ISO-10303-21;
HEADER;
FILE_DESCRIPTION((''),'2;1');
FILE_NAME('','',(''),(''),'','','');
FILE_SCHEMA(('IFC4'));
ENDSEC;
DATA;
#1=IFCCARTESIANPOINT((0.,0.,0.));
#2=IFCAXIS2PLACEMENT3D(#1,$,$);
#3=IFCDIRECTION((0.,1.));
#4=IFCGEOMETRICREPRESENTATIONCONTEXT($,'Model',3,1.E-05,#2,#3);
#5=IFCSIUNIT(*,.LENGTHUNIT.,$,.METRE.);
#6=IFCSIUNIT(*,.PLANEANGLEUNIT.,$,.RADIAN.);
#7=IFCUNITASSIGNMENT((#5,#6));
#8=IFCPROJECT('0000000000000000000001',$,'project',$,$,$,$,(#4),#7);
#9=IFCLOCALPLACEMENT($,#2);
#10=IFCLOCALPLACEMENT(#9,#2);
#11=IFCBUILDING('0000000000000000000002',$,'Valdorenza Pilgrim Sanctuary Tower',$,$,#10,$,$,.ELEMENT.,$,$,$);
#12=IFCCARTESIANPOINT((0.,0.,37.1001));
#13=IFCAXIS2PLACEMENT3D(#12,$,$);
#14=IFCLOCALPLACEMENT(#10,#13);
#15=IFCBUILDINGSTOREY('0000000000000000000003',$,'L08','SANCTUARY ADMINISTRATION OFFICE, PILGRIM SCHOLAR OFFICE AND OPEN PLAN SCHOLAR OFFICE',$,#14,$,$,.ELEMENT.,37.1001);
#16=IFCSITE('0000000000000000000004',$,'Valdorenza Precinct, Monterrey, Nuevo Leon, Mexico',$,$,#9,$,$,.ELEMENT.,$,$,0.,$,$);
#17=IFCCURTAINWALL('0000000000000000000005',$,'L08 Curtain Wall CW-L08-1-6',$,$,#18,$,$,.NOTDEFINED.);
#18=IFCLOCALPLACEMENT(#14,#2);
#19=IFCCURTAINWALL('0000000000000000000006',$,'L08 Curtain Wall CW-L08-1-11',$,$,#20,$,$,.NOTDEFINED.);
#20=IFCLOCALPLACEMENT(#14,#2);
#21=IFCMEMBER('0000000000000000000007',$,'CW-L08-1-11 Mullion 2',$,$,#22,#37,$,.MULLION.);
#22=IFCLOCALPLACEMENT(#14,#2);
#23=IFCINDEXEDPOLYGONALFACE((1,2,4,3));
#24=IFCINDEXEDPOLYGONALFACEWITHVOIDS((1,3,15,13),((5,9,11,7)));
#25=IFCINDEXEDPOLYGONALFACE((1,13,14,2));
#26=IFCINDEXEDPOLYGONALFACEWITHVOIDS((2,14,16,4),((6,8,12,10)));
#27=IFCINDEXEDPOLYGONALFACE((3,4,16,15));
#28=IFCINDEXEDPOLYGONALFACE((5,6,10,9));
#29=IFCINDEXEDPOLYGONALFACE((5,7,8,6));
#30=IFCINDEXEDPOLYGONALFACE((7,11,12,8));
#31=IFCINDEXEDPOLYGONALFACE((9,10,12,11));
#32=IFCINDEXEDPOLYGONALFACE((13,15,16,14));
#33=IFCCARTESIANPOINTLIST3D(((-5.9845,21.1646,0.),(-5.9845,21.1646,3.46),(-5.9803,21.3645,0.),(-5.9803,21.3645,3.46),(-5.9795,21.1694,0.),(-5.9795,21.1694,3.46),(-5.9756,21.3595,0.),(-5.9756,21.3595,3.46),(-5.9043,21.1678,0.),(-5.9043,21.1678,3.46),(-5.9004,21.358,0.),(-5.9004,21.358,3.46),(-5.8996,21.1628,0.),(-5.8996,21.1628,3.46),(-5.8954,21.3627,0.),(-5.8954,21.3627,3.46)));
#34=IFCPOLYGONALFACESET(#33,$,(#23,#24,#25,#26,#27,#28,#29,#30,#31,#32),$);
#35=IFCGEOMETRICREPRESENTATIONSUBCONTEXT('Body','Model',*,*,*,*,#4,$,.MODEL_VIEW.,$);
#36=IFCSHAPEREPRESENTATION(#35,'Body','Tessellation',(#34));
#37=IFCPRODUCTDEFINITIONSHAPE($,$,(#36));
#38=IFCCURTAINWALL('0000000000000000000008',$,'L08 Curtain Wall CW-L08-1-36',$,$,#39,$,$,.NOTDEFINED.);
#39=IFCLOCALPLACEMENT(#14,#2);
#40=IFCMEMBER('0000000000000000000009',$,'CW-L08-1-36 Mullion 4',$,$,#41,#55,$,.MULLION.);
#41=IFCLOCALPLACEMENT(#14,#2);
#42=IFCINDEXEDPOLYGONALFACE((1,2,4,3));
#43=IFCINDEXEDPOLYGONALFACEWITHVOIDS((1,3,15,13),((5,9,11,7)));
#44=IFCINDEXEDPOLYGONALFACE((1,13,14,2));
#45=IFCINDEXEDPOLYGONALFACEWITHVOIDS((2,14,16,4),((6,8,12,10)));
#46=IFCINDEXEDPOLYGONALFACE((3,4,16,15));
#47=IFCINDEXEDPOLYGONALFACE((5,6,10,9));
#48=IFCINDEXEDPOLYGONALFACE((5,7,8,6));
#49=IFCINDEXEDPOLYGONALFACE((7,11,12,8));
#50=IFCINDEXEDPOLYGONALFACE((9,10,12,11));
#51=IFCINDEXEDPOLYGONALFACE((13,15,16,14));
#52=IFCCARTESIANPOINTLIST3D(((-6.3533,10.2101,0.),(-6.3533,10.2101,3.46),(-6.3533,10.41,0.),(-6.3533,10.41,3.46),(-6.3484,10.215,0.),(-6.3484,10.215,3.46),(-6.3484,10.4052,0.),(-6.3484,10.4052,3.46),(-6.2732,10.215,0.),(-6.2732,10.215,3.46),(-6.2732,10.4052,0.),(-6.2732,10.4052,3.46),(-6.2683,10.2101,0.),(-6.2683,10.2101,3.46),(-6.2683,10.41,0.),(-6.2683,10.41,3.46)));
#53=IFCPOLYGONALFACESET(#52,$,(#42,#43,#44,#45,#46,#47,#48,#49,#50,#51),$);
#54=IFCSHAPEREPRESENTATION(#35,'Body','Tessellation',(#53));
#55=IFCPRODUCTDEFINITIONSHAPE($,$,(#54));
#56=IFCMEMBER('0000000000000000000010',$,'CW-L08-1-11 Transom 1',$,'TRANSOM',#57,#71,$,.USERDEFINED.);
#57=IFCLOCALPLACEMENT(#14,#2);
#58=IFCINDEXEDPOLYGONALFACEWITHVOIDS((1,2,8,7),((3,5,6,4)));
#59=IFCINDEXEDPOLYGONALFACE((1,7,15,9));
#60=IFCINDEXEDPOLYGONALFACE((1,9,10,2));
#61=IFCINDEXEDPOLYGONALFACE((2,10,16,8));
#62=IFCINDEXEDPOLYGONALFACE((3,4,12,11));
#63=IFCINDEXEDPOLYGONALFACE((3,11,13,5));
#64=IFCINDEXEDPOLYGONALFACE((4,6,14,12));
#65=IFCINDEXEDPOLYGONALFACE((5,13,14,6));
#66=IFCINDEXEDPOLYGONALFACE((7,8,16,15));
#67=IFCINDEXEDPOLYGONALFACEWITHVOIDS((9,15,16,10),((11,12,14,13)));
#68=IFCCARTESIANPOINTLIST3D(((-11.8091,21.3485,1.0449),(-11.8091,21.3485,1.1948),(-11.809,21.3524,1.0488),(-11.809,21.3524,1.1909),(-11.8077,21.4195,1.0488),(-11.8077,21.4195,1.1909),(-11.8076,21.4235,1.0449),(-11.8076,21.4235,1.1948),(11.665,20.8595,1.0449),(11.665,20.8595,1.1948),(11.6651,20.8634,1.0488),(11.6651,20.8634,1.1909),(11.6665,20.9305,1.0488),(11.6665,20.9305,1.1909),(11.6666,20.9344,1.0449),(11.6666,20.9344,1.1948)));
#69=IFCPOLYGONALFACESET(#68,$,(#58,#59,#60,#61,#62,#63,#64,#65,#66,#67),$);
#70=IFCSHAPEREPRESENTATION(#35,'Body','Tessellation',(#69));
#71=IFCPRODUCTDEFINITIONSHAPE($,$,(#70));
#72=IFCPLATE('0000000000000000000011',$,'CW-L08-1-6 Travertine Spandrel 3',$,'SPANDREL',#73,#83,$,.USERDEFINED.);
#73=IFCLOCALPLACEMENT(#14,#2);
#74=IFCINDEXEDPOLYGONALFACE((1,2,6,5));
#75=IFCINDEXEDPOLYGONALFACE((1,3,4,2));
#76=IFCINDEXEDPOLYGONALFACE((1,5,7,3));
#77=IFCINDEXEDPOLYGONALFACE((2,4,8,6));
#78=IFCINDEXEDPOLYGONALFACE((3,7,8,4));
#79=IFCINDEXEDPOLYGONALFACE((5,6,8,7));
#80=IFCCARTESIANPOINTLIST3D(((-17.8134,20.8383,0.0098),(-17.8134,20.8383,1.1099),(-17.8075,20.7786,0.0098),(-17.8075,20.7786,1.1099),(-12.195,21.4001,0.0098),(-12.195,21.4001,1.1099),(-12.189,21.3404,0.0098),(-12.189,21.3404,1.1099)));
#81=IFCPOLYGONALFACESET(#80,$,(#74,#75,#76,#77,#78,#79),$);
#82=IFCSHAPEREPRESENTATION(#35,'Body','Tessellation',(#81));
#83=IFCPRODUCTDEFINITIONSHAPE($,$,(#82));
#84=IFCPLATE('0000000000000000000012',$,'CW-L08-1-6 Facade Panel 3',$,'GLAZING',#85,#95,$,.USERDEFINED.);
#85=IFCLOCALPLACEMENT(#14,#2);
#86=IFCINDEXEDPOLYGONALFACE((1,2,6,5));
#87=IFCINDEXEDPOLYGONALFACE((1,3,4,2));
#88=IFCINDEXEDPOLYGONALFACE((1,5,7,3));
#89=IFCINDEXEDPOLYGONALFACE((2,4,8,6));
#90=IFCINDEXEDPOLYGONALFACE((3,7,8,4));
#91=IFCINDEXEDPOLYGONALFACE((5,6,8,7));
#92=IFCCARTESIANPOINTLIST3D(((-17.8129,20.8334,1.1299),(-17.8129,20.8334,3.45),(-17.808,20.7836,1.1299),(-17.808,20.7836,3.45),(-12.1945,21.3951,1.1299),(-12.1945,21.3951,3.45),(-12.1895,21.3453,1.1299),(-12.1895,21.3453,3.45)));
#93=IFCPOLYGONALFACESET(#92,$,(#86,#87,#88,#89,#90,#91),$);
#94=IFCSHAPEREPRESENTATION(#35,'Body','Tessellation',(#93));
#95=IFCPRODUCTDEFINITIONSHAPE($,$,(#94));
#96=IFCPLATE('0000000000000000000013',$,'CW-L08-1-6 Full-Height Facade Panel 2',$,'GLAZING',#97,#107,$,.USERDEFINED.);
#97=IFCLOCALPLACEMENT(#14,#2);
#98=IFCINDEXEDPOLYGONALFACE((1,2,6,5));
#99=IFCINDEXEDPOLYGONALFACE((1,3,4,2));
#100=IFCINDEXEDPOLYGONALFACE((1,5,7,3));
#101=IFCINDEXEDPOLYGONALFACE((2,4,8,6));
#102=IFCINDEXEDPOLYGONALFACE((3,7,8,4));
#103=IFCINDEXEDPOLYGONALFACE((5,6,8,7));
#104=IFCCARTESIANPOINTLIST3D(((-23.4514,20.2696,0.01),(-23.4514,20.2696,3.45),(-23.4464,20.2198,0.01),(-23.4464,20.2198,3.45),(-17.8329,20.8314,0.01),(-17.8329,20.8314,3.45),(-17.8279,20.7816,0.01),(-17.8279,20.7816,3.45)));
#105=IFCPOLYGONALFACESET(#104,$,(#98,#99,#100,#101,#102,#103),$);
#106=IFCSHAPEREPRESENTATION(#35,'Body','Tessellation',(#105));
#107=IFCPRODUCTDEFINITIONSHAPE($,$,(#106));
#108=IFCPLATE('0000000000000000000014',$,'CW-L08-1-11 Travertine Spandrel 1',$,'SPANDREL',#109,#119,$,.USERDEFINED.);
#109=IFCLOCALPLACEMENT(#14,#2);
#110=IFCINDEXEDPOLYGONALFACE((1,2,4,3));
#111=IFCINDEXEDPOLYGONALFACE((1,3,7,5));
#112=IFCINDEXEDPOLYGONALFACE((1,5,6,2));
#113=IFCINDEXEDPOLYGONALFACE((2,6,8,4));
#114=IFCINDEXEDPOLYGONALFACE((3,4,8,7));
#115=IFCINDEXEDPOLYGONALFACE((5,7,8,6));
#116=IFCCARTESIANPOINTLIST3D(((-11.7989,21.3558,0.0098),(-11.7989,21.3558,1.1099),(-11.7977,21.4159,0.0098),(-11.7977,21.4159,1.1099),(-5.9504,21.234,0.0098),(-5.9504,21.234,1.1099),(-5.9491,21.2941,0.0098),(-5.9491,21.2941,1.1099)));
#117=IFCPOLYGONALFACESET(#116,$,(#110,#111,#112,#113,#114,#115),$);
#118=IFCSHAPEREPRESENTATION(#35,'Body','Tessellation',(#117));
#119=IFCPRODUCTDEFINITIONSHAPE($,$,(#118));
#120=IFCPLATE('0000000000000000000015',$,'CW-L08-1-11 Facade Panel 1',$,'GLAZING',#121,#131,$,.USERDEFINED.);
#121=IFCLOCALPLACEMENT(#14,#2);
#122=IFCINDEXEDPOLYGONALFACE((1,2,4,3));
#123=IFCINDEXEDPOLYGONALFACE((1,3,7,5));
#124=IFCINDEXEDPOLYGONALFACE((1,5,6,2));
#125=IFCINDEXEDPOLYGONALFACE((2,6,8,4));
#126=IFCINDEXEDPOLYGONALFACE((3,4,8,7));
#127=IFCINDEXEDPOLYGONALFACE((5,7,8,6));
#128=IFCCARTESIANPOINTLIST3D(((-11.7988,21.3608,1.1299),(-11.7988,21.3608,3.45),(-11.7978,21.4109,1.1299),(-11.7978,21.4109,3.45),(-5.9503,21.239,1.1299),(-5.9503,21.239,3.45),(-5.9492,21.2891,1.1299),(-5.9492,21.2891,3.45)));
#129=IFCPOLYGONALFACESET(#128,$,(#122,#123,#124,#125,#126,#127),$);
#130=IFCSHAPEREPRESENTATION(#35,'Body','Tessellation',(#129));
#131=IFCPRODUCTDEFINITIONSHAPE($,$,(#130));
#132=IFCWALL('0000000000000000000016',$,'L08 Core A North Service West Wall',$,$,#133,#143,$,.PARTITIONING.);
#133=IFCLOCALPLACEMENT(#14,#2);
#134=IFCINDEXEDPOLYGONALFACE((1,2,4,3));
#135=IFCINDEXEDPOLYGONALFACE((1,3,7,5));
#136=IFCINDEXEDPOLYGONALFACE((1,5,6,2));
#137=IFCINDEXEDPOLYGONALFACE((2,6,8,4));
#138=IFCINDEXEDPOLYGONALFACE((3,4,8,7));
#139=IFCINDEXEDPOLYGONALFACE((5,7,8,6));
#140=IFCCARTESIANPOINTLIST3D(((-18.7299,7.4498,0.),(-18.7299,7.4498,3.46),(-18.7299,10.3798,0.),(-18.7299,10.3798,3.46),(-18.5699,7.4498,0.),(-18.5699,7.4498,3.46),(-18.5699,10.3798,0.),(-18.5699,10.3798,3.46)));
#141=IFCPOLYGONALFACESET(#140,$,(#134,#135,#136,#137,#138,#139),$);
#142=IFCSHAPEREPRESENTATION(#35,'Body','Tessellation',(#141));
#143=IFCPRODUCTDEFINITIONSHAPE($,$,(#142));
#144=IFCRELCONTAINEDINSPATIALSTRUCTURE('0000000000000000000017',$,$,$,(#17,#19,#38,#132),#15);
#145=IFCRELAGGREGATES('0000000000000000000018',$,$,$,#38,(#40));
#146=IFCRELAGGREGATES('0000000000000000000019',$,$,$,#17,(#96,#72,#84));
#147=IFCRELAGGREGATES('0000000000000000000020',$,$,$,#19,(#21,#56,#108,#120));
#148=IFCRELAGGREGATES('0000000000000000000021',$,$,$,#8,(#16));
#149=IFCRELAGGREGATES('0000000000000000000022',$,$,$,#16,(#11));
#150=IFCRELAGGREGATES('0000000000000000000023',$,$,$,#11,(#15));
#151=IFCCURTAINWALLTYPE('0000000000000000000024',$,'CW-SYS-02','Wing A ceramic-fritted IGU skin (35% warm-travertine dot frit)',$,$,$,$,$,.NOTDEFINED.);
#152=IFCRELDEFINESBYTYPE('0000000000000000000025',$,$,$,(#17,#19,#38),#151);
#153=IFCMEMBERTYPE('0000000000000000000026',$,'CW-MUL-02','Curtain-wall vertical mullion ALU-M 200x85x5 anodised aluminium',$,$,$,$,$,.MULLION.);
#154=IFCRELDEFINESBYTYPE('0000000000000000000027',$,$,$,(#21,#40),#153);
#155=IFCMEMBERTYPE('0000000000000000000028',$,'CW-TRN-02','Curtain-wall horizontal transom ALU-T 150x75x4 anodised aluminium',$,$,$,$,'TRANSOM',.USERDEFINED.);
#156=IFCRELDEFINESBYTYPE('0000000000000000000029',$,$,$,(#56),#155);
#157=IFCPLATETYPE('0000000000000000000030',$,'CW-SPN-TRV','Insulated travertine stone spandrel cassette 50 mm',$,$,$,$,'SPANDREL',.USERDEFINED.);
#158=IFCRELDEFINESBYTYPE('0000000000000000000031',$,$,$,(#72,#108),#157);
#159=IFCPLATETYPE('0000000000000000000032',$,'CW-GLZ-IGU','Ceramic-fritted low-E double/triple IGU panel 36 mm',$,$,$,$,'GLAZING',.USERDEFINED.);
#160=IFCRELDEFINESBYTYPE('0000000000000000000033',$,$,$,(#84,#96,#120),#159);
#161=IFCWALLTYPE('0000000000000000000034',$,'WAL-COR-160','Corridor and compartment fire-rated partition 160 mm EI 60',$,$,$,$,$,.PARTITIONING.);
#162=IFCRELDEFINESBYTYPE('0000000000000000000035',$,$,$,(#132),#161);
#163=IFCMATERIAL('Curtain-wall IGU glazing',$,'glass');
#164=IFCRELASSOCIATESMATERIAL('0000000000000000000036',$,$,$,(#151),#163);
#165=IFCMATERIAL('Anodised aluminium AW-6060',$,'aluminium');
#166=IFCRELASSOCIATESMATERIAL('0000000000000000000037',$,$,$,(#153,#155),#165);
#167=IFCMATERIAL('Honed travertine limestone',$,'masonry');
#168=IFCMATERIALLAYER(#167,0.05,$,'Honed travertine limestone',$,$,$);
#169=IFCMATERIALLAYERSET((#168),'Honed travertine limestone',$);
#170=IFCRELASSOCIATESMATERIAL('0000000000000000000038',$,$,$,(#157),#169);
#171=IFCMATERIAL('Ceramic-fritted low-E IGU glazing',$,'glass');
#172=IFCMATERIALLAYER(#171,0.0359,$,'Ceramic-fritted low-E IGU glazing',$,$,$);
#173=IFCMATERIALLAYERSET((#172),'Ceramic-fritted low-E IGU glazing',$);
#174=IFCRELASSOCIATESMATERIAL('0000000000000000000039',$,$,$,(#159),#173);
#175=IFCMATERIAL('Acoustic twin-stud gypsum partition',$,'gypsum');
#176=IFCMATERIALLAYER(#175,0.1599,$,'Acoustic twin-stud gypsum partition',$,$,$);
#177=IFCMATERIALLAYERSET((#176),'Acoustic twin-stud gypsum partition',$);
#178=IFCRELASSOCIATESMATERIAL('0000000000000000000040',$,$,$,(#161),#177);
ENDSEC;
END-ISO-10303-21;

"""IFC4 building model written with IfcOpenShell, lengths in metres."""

from ifc_helpers import new_model, si_unit, direction, frame, frame_2d, origin, origin_2d, place, context, subcontext, project, spatial, rectangle, hollow_rectangle, extrude, source, transform, mapped, material, layer, layer_set, material_profile, profile_set, type_object, element, aggregate, save


model = new_model("IFC4")

# Units and contexts
model_context = context("Model", 3, precision=1e-05, world=origin(), true_north=direction((0.0, 1.0)))
body_context = subcontext(model_context, "Body", "Model", "MODEL_VIEW")
ifc_project = project(units=[si_unit("LENGTHUNIT", "METRE"), si_unit("PLANEANGLEUNIT", "RADIAN")], contexts=[model_context])

# Site, building, storey
site_placement = place(None, origin())
site = spatial("IfcSite", under=ifc_project, at=site_placement, Name="Valdorenza Precinct, Monterrey, Nuevo Leon, Mexico", CompositionType="ELEMENT", RefElevation=0.0)
building_placement = place(site_placement, origin())
building = spatial("IfcBuilding", under=site, at=building_placement, Name="Valdorenza Pilgrim Sanctuary Tower", CompositionType="ELEMENT")
storey_placement = place(building_placement, frame((0.0, 0.0, 37.1001)))
storey = spatial("IfcBuildingStorey", under=building, at=storey_placement, Name="L08", Description="SANCTUARY ADMINISTRATION OFFICE, PILGRIM SCHOLAR OFFICE AND OPEN PLAN SCHOLAR OFFICE", CompositionType="ELEMENT", Elevation=37.1001)

# Curtain walls, member
ifc_material_1 = material(Name="Curtain-wall IGU glazing", Category="glass")
curtain_wall_type = type_object("IfcCurtainWallType", Name="CW-SYS-02", Description="Wing A ceramic-fritted IGU skin (35% warm-travertine dot frit)", PredefinedType="NOTDEFINED", material=ifc_material_1)
curtain_wall_1_placement = place(storey_placement, origin())
curtain_wall_1 = element("IfcCurtainWall", 1, at=curtain_wall_1_placement, inside=storey, type_object=curtain_wall_type, Name="L08 Curtain Wall CW-L08-1-6", PredefinedType="NOTDEFINED")
ifc_material_2 = material(Name="Anodised aluminium AW-6060", Category="aluminium")
ifc_material_profile_1 = material_profile(ifc_material_2, hollow_rectangle(XDim=0.085, YDim=0.2, WallThickness=0.0049, at=origin_2d()), Name="ALU-M 200x85x5")
ifc_profile_set_1 = profile_set([ifc_material_profile_1], Name="Anodised aluminium AW-6060")
member_type_1 = type_object("IfcMemberType", Name="CW-MUL-02", Description="Curtain-wall vertical mullion ALU-M 200x85x5 anodised aluminium", PredefinedType="MULLION", material=ifc_profile_set_1)
shared_shape_1 = source(origin(), body_context, "Body", "SweptSolid", [
    extrude(hollow_rectangle(XDim=0.085, YDim=0.2, WallThickness=0.0049, at=origin_2d()), origin(), (0.0, 0.0, 1.0), 3.46),
])
curtain_wall_2_placement = place(storey_placement, origin())
curtain_wall_2 = element("IfcCurtainWall", 2, at=curtain_wall_2_placement, inside=storey, type_object=curtain_wall_type, Name="L08 Curtain Wall CW-L08-1-11", PredefinedType="NOTDEFINED")
member_1_placement = place(storey_placement, frame((-5.9399, 21.2637, 0.0), z_axis=(0.0, 0.0, 1.0), x_axis=(0.999783, -0.02082, 0.0)))
member_1 = element("IfcMember", 3, at=member_1_placement, type_object=member_type_1, Name="CW-L08-1-11 Mullion 2", PredefinedType="MULLION", context=body_context, shape_type="MappedRepresentation", body=[
    mapped(shared_shape_1, transform((0.0, 0.0, 0.0), x_axis=(1.0, 0.0, 0.0), y_axis=(0.0, 1.0, 0.0), z_axis=(0.0, 0.0, 1.0), scale=1.0)),
])

# Curtain wall, member
curtain_wall_3_placement = place(storey_placement, origin())
curtain_wall_3 = element("IfcCurtainWall", 4, at=curtain_wall_3_placement, inside=storey, type_object=curtain_wall_type, Name="L08 Curtain Wall CW-L08-1-36", PredefinedType="NOTDEFINED")
member_2_placement = place(storey_placement, frame((-6.3108, 10.3101, 0.0), z_axis=(0.0, 0.0, 1.0), x_axis=(-1.0, 0.0, 0.0)))
member_2 = element("IfcMember", 5, at=member_2_placement, type_object=member_type_1, Name="CW-L08-1-36 Mullion 4", PredefinedType="MULLION", context=body_context, shape_type="MappedRepresentation", body=[
    mapped(shared_shape_1, transform((0.0, 0.0, 0.0), x_axis=(1.0, 0.0, 0.0), y_axis=(0.0, 1.0, 0.0), z_axis=(0.0, 0.0, 1.0), scale=1.0)),
])
aggregate(curtain_wall_3, [member_2])

# Member
ifc_material_profile_2 = material_profile(ifc_material_2, hollow_rectangle(XDim=0.075, YDim=0.1499, WallThickness=0.0039, at=origin_2d()), Name="ALU-T 150x75x4")
ifc_profile_set_2 = profile_set([ifc_material_profile_2], Name="Anodised aluminium AW-6060")
member_type_2 = type_object("IfcMemberType", Name="CW-TRN-02", Description="Curtain-wall horizontal transom ALU-T 150x75x4 anodised aluminium", ElementType="TRANSOM", PredefinedType="USERDEFINED", material=ifc_profile_set_2)
shared_shape_2 = source(origin(), body_context, "Body", "SweptSolid", [
    extrude(hollow_rectangle(XDim=0.075, YDim=0.1499, WallThickness=0.0039, at=origin_2d()), origin(), (0.0, 0.0, 1.0), 23.4792),
])
member_3_placement = place(storey_placement, frame((-11.8083, 21.386, 1.1199), z_axis=(0.999783, -0.020828, 0.0), x_axis=(0.020828, 0.999783, 0.0)))
member_3 = element("IfcMember", 6, at=member_3_placement, type_object=member_type_2, Name="CW-L08-1-11 Transom 1", ObjectType="TRANSOM", PredefinedType="USERDEFINED", context=body_context, shape_type="MappedRepresentation", body=[
    mapped(shared_shape_2, transform((0.0, 0.0, 0.0), x_axis=(1.0, 0.0, 0.0), y_axis=(0.0, 1.0, 0.0), z_axis=(0.0, 0.0, 1.0), scale=1.0)),
])

# Plates
ifc_material_3 = material(Name="Honed travertine limestone", Category="masonry")
ifc_layer_1 = layer(ifc_material_3, 0.05, Name="Honed travertine limestone")
ifc_layer_set_1 = layer_set([ifc_layer_1], Name="Honed travertine limestone")
plate_type_1 = type_object("IfcPlateType", Name="CW-SPN-TRV", Description="Insulated travertine stone spandrel cassette 50 mm", ElementType="SPANDREL", PredefinedType="USERDEFINED", material=ifc_layer_set_1)
shared_shape_3 = source(origin(), body_context, "Body", "SweptSolid", [
    extrude(rectangle(XDim=5.6465, YDim=0.0601, at=origin_2d()), origin(), (0.0, 0.0, 1.0), 1.1001),
])
plate_1_placement = place(storey_placement, frame((-15.0012, 21.0894, 0.0098), z_axis=(0.0, 0.0, 1.0), x_axis=(0.995038, 0.099493, 0.0)))
plate_1 = element("IfcPlate", 7, at=plate_1_placement, type_object=plate_type_1, Name="CW-L08-1-6 Travertine Spandrel 3", ObjectType="SPANDREL", PredefinedType="USERDEFINED", context=body_context, shape_type="MappedRepresentation", body=[
    mapped(shared_shape_3, transform((0.0, 0.0, 0.0), x_axis=(1.0, 0.0, 0.0), y_axis=(0.0, 1.0, 0.0), z_axis=(0.0, 0.0, 1.0), scale=1.0)),
])
ifc_material_4 = material(Name="Ceramic-fritted low-E IGU glazing", Category="glass")
ifc_layer_2 = layer(ifc_material_4, 0.0359, Name="Ceramic-fritted low-E IGU glazing")
ifc_layer_set_2 = layer_set([ifc_layer_2], Name="Ceramic-fritted low-E IGU glazing")
plate_type_2 = type_object("IfcPlateType", Name="CW-GLZ-IGU", Description="Ceramic-fritted low-E double/triple IGU panel 36 mm", ElementType="GLAZING", PredefinedType="USERDEFINED", material=ifc_layer_set_2)
shared_shape_4 = source(origin(), body_context, "Body", "SweptSolid", [
    extrude(rectangle(XDim=5.6465, YDim=0.05, at=origin_2d()), origin(), (0.0, 0.0, 1.0), 2.3201),
])
plate_2_placement = place(storey_placement, frame((-15.0012, 21.0894, 1.1299), z_axis=(0.0, 0.0, 1.0), x_axis=(0.995038, 0.099493, 0.0)))
plate_2 = element("IfcPlate", 8, at=plate_2_placement, type_object=plate_type_2, Name="CW-L08-1-6 Facade Panel 3", ObjectType="GLAZING", PredefinedType="USERDEFINED", context=body_context, shape_type="MappedRepresentation", body=[
    mapped(shared_shape_4, transform((0.0, 0.0, 0.0), x_axis=(1.0, 0.0, 0.0), y_axis=(0.0, 1.0, 0.0), z_axis=(0.0, 0.0, 1.0), scale=1.0)),
])
shared_shape_5 = source(origin(), body_context, "Body", "SweptSolid", [
    extrude(rectangle(XDim=5.6465, YDim=0.05, at=origin_2d()), origin(), (0.0, 0.0, 1.0), 3.4399),
])
plate_3_placement = place(storey_placement, frame((-20.6396, 20.5256, 0.01), z_axis=(0.0, 0.0, 1.0), x_axis=(0.995038, 0.099493, 0.0)))
plate_3 = element("IfcPlate", 9, at=plate_3_placement, type_object=plate_type_2, Name="CW-L08-1-6 Full-Height Facade Panel 2", ObjectType="GLAZING", PredefinedType="USERDEFINED", context=body_context, shape_type="MappedRepresentation", body=[
    mapped(shared_shape_5, transform((0.0, 0.0, 0.0), x_axis=(1.0, 0.0, 0.0), y_axis=(0.0, 1.0, 0.0), z_axis=(0.0, 0.0, 1.0), scale=1.0)),
])
aggregate(curtain_wall_1, [plate_3, plate_1, plate_2])
shared_shape_6 = source(origin(), body_context, "Body", "SweptSolid", [
    extrude(rectangle(XDim=5.8499, YDim=0.0601, at=origin_2d()), origin(), (0.0, 0.0, 1.0), 1.1001),
])
plate_4_placement = place(storey_placement, frame((-8.874, 21.325, 0.0098), z_axis=(0.0, 0.0, 1.0), x_axis=(0.999783, -0.02082, 0.0)))
plate_4 = element("IfcPlate", 10, at=plate_4_placement, type_object=plate_type_1, Name="CW-L08-1-11 Travertine Spandrel 1", ObjectType="SPANDREL", PredefinedType="USERDEFINED", context=body_context, shape_type="MappedRepresentation", body=[
    mapped(shared_shape_6, transform((0.0, 0.0, 0.0), x_axis=(1.0, 0.0, 0.0), y_axis=(0.0, 1.0, 0.0), z_axis=(0.0, 0.0, 1.0), scale=1.0)),
])
shared_shape_7 = source(origin(), body_context, "Body", "SweptSolid", [
    extrude(rectangle(XDim=5.8499, YDim=0.05, at=origin_2d()), origin(), (0.0, 0.0, 1.0), 2.3201),
])
plate_5_placement = place(storey_placement, frame((-8.874, 21.325, 1.1299), z_axis=(0.0, 0.0, 1.0), x_axis=(0.999783, -0.02082, 0.0)))
plate_5 = element("IfcPlate", 11, at=plate_5_placement, type_object=plate_type_2, Name="CW-L08-1-11 Facade Panel 1", ObjectType="GLAZING", PredefinedType="USERDEFINED", context=body_context, shape_type="MappedRepresentation", body=[
    mapped(shared_shape_7, transform((0.0, 0.0, 0.0), x_axis=(1.0, 0.0, 0.0), y_axis=(0.0, 1.0, 0.0), z_axis=(0.0, 0.0, 1.0), scale=1.0)),
])
aggregate(curtain_wall_2, [member_1, member_3, plate_4, plate_5])

# Wall
ifc_material_5 = material(Name="Acoustic twin-stud gypsum partition", Category="gypsum")
ifc_layer_3 = layer(ifc_material_5, 0.1599, Name="Acoustic twin-stud gypsum partition")
ifc_layer_set_3 = layer_set([ifc_layer_3], Name="Acoustic twin-stud gypsum partition")
wall_type_1 = type_object("IfcWallType", Name="WAL-COR-160", Description="Corridor and compartment fire-rated partition 160 mm EI 60", PredefinedType="PARTITIONING", material=ifc_layer_set_3)
wall_1_placement = place(storey_placement, frame((-18.6499, 7.45, 0.0), z_axis=(0.0, 0.0, 1.0), x_axis=(0.0, 1.0, 0.0)))
element("IfcWall", 12, at=wall_1_placement, inside=storey, type_object=wall_type_1, Name="L08 Core A North Service West Wall", PredefinedType="PARTITIONING", context=body_context, shape_type="SweptSolid", body=[
    extrude(rectangle(XDim=2.9299, YDim=0.1599, at=frame_2d((1.4648, 0.0))), origin(), (0.0, 0.0, 1.0), 3.46),
])

save(model, "model.ifc")
